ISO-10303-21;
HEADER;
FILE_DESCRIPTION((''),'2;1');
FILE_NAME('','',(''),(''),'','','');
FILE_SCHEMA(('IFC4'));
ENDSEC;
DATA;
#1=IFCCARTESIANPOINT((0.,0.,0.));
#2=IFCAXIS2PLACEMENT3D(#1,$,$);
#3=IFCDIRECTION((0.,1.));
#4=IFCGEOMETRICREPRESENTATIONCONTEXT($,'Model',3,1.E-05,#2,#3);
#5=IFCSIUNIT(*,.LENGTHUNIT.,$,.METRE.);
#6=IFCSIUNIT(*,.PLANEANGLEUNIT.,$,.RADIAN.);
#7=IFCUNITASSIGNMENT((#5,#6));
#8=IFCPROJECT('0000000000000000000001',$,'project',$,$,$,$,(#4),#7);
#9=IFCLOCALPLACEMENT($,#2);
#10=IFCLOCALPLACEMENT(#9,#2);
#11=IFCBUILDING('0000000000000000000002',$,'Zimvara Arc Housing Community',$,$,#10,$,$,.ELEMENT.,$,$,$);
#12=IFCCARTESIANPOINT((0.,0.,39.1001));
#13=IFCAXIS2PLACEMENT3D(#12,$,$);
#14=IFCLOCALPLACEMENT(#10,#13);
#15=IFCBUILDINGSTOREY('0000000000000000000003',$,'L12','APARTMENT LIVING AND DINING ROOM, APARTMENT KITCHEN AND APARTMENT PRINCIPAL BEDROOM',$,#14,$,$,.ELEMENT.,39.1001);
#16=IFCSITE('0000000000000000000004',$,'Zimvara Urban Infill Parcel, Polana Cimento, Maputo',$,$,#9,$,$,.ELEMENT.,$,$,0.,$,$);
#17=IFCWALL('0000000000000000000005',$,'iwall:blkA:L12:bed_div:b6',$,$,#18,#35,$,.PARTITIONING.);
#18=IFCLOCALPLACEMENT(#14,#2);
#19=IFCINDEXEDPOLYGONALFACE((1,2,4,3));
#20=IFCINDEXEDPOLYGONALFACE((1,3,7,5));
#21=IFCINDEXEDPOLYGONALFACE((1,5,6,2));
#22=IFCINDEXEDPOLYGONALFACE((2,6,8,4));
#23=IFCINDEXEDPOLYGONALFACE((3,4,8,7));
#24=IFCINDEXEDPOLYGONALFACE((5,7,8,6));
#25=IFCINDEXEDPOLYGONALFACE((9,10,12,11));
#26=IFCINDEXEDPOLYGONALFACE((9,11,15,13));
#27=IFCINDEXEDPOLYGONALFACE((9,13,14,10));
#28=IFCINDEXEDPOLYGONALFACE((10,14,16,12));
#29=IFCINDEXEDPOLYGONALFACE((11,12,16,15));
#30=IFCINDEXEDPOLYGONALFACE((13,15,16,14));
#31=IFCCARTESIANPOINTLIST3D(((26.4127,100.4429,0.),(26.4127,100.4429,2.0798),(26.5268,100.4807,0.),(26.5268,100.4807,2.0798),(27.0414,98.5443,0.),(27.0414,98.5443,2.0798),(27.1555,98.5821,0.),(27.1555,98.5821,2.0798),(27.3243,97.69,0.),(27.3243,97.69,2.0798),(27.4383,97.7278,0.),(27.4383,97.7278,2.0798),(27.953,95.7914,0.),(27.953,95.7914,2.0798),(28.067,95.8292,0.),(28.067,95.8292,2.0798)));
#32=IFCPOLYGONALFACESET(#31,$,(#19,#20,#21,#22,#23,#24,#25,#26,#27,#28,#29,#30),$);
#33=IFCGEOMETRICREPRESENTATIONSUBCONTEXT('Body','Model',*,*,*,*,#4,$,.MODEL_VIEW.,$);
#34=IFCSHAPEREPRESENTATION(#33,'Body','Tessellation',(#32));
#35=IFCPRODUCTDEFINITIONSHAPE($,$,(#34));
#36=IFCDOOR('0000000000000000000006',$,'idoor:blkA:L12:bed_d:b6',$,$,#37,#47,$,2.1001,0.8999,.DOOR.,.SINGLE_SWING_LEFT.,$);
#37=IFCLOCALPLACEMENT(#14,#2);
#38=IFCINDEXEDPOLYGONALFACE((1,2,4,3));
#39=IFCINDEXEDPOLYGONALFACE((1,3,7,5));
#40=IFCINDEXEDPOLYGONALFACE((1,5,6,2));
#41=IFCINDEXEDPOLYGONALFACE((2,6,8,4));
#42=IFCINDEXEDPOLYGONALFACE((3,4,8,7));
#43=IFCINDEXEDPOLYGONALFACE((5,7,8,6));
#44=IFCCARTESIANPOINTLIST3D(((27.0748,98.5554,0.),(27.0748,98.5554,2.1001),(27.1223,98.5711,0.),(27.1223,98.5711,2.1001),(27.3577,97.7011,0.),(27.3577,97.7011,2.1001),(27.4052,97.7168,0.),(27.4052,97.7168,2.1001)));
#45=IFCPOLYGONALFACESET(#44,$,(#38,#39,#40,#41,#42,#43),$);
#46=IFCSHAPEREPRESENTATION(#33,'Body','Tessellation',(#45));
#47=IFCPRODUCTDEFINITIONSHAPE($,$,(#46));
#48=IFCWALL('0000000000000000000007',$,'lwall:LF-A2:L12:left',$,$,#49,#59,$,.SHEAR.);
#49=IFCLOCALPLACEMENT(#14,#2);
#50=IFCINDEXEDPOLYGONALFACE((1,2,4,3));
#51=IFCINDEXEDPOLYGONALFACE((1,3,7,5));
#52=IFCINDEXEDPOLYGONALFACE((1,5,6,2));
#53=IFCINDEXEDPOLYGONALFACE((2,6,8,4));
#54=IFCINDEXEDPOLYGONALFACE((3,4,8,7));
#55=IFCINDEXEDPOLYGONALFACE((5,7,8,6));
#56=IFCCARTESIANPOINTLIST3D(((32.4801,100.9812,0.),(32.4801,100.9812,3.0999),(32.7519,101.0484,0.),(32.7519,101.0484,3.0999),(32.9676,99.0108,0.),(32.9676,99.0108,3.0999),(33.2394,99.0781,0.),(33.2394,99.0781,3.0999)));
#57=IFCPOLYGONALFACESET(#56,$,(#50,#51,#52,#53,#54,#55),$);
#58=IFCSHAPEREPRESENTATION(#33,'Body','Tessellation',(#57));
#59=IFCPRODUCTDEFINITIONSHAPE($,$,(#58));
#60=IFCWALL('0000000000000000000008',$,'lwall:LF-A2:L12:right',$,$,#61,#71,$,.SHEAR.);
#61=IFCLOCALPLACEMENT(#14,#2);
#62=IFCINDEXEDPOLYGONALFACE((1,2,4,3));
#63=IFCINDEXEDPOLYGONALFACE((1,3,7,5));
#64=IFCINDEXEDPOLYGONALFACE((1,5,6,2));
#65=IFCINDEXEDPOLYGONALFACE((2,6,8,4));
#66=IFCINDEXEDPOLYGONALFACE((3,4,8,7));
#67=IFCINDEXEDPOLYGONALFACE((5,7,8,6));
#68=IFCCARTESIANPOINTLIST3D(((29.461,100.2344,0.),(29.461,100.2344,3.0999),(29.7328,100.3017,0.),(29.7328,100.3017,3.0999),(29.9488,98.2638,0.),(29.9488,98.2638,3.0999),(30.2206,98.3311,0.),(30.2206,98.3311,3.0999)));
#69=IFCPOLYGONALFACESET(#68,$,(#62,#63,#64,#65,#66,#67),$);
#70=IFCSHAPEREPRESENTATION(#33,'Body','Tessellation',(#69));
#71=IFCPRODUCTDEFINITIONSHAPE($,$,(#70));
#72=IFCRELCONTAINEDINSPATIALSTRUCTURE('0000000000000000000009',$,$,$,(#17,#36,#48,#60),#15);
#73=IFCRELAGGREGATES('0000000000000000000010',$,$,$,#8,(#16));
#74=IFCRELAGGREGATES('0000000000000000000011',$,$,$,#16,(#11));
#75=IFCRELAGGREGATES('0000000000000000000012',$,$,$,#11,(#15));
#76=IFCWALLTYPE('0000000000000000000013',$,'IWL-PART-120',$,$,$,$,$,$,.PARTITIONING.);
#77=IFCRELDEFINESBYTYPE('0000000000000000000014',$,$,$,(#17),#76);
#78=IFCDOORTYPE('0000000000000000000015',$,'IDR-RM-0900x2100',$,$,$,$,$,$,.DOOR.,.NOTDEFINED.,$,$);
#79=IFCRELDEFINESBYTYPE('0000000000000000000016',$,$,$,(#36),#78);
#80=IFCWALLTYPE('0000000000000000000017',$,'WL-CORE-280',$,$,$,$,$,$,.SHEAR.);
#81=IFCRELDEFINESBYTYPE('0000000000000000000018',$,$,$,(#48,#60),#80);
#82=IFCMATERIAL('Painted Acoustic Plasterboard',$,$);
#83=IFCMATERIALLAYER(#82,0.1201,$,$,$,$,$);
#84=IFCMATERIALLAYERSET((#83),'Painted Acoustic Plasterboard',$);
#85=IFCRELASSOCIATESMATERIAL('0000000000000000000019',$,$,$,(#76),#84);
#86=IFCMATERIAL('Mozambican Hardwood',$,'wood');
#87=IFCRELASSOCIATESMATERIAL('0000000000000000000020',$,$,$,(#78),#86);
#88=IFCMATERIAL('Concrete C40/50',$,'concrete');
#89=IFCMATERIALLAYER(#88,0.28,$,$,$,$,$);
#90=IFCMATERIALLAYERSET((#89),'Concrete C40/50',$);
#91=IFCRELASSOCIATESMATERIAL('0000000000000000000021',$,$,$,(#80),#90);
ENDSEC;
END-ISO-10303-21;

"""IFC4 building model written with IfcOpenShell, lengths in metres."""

from ifc_helpers import new_model, si_unit, direction, frame, frame_2d, origin, place, context, subcontext, project, spatial, rectangle, extrude, material, layer, layer_set, type_object, element, fill, save


model = new_model("IFC4")

# Units and contexts
model_context = context("Model", 3, precision=1e-05, world=origin(), true_north=direction((0.0, 1.0)))
body_context = subcontext(model_context, "Body", "Model", "MODEL_VIEW")
ifc_project = project(units=[si_unit("LENGTHUNIT", "METRE"), si_unit("PLANEANGLEUNIT", "RADIAN")], contexts=[model_context])

# Site, building, storey
site_placement = place(None, origin())
site = spatial("IfcSite", under=ifc_project, at=site_placement, Name="Zimvara Urban Infill Parcel, Polana Cimento, Maputo", CompositionType="ELEMENT", RefElevation=0.0)
building_placement = place(site_placement, origin())
building = spatial("IfcBuilding", under=site, at=building_placement, Name="Zimvara Arc Housing Community", CompositionType="ELEMENT")
storey_placement = place(building_placement, frame((0.0, 0.0, 39.1001)))
storey = spatial("IfcBuildingStorey", under=building, at=storey_placement, Name="L12", Description="APARTMENT LIVING AND DINING ROOM, APARTMENT KITCHEN AND APARTMENT PRINCIPAL BEDROOM", CompositionType="ELEMENT", Elevation=39.1001)

# Wall, opening, door
ifc_material_1 = material(Name="Painted Acoustic Plasterboard")
ifc_layer_1 = layer(ifc_material_1, 0.1201)
ifc_layer_set_1 = layer_set([ifc_layer_1], Name="Painted Acoustic Plasterboard")
wall_type_1 = type_object("IfcWallType", Name="IWL-PART-120", PredefinedType="PARTITIONING", material=ifc_layer_set_1)
wall_1_placement = place(storey_placement, frame((28.01, 95.8103, 0.0), z_axis=(0.0, 0.0, 1.0), x_axis=(-0.314344, 0.949309, 0.0)))
wall_1 = element("IfcWall", 1, at=wall_1_placement, inside=storey, type_object=wall_type_1, Name="iwall:blkA:L12:bed_div:b6", PredefinedType="PARTITIONING", context=body_context, shape_type="SweptSolid", body=[
    extrude(rectangle(XDim=4.8999, YDim=0.1201, at=frame_2d((2.45, 0.0))), origin(), (0.0, 0.0, 1.0), 2.0798),
])
opening_1_placement = place(wall_1_placement, frame((2.0, 0.0, 0.0)))
opening_1 = element("IfcOpeningElement", 2, at=opening_1_placement, cuts=wall_1, PredefinedType="OPENING", context=body_context, shape_type="SweptSolid", body=[
    extrude(rectangle(XDim=0.8999, YDim=2.1001, at=frame_2d((0.45, 1.05))), frame((0.0, 0.0701, 0.0), z_axis=(0.0, -1.0, 0.0), x_axis=(1.0, 0.0, 0.0)), (0.0, 0.0, 1.0), 0.1401),
])
ifc_material_2 = material(Name="Mozambican Hardwood", Category="wood")
door_type_1 = type_object("IfcDoorType", Name="IDR-RM-0900x2100", OperationType="NOTDEFINED", PredefinedType="DOOR", material=ifc_material_2)
door_1_placement = place(opening_1_placement, origin())
door_1 = element("IfcDoor", 3, at=door_1_placement, inside=storey, type_object=door_type_1, Name="idoor:blkA:L12:bed_d:b6", OperationType="SINGLE_SWING_LEFT", OverallHeight=2.1001, OverallWidth=0.8999, PredefinedType="DOOR", context=body_context, shape_type="SweptSolid", body=[
    extrude(rectangle(XDim=0.8999, YDim=2.1001, at=frame_2d((0.45, 1.05))), frame((0.0, 0.0249, 0.0), z_axis=(0.0, -1.0, 0.0), x_axis=(1.0, 0.0, 0.0)), (0.0, 0.0, 1.0), 0.05),
])
fill(opening_1, door_1)
ifc_material_3 = material(Name="Concrete C40/50", Category="concrete")
ifc_layer_2 = layer(ifc_material_3, 0.28)
ifc_layer_set_2 = layer_set([ifc_layer_2], Name="Concrete C40/50")
wall_type_2 = type_object("IfcWallType", Name="WL-CORE-280", PredefinedType="SHEAR", material=ifc_layer_set_2)

# Walls
wall_2_placement = place(storey_placement, frame((33.1035, 99.0444, 0.0), z_axis=(0.0, 0.0, 1.0), x_axis=(-0.240186, 0.970727, 0.0)))
element("IfcWall", 4, at=wall_2_placement, inside=storey, type_object=wall_type_2, Name="lwall:LF-A2:L12:left", PredefinedType="SHEAR", context=body_context, shape_type="SweptSolid", body=[
    extrude(rectangle(XDim=2.0298, YDim=0.28, at=frame_2d((1.0149, 0.0))), origin(), (0.0, 0.0, 1.0), 3.0999),
])
wall_3_placement = place(storey_placement, frame((30.0847, 98.2974, 0.0), z_axis=(0.0, 0.0, 1.0), x_axis=(-0.240299, 0.970699, 0.0)))
element("IfcWall", 5, at=wall_3_placement, inside=storey, type_object=wall_type_2, Name="lwall:LF-A2:L12:right", PredefinedType="SHEAR", context=body_context, shape_type="SweptSolid", body=[
    extrude(rectangle(XDim=2.03, YDim=0.28, at=frame_2d((1.0151, 0.0))), origin(), (0.0, 0.0, 1.0), 3.0999),
])

save(model, "model.ifc")
